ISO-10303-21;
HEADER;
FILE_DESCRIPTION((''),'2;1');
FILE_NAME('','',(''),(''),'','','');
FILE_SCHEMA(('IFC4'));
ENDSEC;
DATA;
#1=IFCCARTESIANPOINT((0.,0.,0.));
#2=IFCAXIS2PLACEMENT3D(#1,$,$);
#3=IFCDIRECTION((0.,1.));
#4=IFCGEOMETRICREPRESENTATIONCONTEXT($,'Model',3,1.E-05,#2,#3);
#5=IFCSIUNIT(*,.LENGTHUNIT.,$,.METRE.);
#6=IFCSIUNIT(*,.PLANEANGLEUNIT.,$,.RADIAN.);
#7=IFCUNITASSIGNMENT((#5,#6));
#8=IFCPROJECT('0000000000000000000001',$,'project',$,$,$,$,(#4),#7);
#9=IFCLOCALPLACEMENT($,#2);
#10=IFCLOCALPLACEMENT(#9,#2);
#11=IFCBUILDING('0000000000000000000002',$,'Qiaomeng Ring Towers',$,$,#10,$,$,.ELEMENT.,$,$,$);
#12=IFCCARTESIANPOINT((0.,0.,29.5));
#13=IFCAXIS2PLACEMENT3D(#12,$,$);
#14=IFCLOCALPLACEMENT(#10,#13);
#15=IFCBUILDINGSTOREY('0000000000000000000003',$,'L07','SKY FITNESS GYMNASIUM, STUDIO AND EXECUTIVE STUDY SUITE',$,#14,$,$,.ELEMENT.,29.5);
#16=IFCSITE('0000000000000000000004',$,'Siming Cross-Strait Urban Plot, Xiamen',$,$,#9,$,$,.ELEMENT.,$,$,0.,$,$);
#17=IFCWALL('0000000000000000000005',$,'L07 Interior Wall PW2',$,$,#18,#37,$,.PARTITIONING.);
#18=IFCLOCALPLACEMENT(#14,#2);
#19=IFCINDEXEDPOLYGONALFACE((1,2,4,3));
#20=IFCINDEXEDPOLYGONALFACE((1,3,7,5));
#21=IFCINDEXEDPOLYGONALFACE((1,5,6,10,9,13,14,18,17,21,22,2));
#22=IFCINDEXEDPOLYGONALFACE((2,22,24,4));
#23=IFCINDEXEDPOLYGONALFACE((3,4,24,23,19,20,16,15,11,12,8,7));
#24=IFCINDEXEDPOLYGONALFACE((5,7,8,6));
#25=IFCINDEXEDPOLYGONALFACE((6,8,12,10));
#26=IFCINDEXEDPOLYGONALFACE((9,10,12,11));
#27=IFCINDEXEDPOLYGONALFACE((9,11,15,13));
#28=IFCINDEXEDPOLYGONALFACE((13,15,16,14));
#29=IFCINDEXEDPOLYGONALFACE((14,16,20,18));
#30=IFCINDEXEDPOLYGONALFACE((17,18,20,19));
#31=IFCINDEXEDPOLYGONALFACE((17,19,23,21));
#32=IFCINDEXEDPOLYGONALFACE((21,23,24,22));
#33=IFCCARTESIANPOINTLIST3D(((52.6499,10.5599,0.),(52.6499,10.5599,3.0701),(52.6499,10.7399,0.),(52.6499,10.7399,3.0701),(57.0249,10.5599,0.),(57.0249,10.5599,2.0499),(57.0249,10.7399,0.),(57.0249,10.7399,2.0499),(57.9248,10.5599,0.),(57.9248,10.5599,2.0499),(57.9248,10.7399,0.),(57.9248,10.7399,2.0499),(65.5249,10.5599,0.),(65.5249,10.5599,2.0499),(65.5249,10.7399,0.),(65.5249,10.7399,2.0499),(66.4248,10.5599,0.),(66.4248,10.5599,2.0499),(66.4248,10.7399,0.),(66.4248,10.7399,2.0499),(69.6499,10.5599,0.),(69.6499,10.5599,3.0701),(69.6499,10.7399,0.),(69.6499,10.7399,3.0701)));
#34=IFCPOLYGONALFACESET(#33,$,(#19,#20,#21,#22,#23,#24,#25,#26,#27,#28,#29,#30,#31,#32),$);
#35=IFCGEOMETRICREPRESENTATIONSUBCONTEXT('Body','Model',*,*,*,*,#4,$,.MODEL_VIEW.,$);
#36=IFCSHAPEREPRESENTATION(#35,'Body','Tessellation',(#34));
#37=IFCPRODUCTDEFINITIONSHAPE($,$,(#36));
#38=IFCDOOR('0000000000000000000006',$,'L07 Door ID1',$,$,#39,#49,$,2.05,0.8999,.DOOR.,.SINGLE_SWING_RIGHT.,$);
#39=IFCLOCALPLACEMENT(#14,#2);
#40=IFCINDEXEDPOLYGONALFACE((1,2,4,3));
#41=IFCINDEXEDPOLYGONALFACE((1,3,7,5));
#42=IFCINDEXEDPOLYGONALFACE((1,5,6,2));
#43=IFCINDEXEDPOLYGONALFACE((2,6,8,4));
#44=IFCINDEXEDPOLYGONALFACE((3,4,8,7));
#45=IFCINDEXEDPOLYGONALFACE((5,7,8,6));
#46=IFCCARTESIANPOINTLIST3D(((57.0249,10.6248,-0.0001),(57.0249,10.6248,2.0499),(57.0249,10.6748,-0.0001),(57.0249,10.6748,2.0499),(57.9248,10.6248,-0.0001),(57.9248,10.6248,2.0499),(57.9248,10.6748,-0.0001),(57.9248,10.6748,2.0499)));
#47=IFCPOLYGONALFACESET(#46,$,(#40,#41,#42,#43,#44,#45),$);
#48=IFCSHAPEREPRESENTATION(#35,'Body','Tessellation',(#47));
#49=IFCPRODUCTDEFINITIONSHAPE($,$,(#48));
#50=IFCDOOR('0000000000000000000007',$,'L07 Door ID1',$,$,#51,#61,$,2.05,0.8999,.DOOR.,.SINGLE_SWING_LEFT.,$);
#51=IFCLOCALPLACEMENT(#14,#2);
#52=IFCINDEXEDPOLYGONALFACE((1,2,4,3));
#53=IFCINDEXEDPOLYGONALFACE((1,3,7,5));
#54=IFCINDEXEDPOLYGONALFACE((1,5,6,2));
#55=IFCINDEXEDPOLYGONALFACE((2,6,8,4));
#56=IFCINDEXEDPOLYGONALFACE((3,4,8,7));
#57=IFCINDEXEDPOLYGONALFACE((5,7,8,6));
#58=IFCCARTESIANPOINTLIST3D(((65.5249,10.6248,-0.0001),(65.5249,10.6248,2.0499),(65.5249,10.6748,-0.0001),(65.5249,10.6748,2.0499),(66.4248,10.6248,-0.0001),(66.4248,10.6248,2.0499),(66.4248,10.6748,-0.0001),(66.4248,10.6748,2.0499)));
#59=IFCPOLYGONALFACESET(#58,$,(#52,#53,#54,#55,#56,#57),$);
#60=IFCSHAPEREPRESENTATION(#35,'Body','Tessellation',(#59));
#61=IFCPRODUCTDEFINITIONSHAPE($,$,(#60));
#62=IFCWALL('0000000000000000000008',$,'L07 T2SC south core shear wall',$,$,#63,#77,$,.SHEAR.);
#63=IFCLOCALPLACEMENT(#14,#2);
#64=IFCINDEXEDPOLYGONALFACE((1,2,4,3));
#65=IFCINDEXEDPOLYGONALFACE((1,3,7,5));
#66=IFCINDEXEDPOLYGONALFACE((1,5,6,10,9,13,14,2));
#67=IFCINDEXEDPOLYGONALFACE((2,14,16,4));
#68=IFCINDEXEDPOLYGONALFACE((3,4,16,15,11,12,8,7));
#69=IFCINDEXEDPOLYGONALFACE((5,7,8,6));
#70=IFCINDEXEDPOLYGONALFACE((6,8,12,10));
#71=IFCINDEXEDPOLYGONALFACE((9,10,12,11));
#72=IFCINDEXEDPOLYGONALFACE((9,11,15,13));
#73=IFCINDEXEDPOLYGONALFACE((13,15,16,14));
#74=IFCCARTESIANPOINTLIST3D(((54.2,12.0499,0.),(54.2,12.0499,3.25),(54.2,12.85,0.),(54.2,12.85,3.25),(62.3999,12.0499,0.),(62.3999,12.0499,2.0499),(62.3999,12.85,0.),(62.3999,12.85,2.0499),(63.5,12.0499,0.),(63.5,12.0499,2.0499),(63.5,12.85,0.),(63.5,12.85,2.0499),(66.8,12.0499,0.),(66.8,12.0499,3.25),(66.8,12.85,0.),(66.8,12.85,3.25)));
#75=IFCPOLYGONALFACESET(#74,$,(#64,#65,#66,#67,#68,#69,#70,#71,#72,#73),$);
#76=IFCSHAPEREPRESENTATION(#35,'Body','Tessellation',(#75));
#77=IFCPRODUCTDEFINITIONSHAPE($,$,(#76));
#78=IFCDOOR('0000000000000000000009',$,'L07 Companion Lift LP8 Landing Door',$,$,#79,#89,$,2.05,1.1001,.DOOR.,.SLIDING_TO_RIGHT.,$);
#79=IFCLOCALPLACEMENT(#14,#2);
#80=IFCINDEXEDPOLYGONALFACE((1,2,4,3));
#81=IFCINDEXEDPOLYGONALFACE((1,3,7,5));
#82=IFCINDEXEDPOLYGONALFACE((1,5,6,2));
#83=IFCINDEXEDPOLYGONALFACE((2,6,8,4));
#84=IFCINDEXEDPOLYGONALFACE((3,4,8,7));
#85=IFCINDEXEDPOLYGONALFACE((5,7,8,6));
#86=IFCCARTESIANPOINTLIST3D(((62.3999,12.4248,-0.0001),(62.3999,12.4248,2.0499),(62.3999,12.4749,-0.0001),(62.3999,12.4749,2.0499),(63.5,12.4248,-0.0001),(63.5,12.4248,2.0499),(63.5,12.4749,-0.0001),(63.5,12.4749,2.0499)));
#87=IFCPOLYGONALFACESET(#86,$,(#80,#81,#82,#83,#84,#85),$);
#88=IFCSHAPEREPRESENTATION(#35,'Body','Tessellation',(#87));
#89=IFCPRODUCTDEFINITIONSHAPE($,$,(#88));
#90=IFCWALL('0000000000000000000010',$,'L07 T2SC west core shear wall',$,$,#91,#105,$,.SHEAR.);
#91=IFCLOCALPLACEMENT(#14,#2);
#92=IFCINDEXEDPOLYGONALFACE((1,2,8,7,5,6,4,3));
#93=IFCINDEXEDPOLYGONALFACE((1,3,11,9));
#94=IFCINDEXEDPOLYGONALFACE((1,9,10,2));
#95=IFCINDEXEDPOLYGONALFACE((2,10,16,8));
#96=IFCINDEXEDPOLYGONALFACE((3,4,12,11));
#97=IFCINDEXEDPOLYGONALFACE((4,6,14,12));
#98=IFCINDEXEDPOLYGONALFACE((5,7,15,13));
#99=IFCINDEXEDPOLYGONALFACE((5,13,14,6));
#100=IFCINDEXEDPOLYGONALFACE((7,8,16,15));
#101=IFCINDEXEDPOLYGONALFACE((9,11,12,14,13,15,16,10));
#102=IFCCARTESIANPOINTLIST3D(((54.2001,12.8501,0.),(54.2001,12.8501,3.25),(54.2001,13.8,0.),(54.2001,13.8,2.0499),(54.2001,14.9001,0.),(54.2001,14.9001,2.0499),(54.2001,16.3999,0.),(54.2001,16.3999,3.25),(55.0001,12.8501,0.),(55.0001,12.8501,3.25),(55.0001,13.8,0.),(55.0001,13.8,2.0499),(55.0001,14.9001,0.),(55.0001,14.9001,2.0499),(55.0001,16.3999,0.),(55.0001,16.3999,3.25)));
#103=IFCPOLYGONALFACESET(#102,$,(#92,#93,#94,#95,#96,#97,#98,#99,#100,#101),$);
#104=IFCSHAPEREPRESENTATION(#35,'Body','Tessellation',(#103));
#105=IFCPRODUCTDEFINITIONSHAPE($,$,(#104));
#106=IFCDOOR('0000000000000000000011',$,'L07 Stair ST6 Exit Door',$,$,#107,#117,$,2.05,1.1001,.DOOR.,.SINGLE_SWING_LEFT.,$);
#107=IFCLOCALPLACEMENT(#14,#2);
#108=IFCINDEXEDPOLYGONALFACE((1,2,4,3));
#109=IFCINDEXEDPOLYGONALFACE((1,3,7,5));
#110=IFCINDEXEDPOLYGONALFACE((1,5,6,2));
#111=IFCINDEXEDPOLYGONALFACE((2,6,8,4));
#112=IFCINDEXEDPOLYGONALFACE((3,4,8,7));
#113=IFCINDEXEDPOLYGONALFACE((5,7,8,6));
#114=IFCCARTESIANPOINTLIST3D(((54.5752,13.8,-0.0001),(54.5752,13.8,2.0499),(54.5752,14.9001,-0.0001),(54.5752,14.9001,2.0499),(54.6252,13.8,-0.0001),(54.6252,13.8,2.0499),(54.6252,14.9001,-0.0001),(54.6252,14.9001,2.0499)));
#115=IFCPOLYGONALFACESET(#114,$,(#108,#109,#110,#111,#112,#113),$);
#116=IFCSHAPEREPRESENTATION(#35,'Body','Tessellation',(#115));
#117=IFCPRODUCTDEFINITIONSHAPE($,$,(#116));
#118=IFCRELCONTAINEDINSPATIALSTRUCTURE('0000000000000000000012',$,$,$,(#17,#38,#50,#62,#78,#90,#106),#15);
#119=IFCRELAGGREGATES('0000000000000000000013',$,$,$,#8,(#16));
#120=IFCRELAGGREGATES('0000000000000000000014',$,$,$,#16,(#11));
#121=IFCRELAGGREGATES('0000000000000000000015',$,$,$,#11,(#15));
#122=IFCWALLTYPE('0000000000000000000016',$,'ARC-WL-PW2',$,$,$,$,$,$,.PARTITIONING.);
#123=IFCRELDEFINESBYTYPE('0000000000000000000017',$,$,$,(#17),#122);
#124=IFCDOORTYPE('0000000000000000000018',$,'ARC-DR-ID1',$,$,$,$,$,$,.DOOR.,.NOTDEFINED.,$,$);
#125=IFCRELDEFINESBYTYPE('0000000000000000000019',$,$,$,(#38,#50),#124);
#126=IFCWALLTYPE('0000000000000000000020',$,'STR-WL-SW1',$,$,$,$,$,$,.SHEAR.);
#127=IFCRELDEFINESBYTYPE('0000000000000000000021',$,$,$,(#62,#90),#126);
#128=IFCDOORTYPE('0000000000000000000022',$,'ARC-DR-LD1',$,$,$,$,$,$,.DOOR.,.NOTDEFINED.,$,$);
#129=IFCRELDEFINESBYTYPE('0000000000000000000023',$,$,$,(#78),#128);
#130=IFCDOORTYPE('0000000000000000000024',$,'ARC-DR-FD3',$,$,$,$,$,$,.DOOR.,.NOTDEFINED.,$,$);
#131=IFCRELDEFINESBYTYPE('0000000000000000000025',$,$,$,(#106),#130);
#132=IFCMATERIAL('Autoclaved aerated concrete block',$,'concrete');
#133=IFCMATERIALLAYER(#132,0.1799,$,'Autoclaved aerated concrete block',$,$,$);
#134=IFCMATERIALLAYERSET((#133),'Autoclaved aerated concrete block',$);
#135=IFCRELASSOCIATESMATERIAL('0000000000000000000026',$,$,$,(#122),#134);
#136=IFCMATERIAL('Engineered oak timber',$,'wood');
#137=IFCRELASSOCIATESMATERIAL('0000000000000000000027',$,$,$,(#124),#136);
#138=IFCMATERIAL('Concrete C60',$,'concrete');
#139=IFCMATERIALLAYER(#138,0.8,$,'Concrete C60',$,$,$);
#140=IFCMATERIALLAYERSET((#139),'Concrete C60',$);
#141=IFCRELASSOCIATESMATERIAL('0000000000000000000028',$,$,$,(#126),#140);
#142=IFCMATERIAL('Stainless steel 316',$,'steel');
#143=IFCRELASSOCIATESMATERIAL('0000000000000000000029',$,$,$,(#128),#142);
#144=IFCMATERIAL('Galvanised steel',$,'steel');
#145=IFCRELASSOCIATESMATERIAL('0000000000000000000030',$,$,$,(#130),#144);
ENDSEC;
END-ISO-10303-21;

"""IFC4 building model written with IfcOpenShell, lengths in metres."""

from ifc_helpers import new_model, si_unit, direction, frame, frame_2d, origin, place, context, subcontext, project, spatial, rectangle, extrude, source, transform, mapped, material, layer, layer_set, type_object, element, fill, save


model = new_model("IFC4")

# Units and contexts
model_context = context("Model", 3, precision=1e-05, world=origin(), true_north=direction((0.0, 1.0)))
body_context = subcontext(model_context, "Body", "Model", "MODEL_VIEW")
ifc_project = project(units=[si_unit("LENGTHUNIT", "METRE"), si_unit("PLANEANGLEUNIT", "RADIAN")], contexts=[model_context])

# Site, building, storey
site_placement = place(None, origin())
site = spatial("IfcSite", under=ifc_project, at=site_placement, Name="Siming Cross-Strait Urban Plot, Xiamen", CompositionType="ELEMENT", RefElevation=0.0)
building_placement = place(site_placement, origin())
building = spatial("IfcBuilding", under=site, at=building_placement, Name="Qiaomeng Ring Towers", CompositionType="ELEMENT")
storey_placement = place(building_placement, frame((0.0, 0.0, 29.5)))
storey = spatial("IfcBuildingStorey", under=building, at=storey_placement, Name="L07", Description="SKY FITNESS GYMNASIUM, STUDIO AND EXECUTIVE STUDY SUITE", CompositionType="ELEMENT", Elevation=29.5)

# Shared definitions
ifc_material_1 = material(Name="Concrete C60", Category="concrete")

# Wall, openings, doors
ifc_material_2 = material(Name="Autoclaved aerated concrete block", Category="concrete")
ifc_layer_1 = layer(ifc_material_2, 0.1799, Name="Autoclaved aerated concrete block")
ifc_layer_set_1 = layer_set([ifc_layer_1], Name="Autoclaved aerated concrete block")
wall_type_1 = type_object("IfcWallType", Name="ARC-WL-PW2", PredefinedType="PARTITIONING", material=ifc_layer_set_1)
ifc_material_3 = material(Name="Engineered oak timber", Category="wood")
door_type_1 = type_object("IfcDoorType", Name="ARC-DR-ID1", OperationType="NOTDEFINED", PredefinedType="DOOR", material=ifc_material_3)
shared_shape_1 = source(origin(), body_context, "Body", "SweptSolid", [
    extrude(rectangle(XDim=0.8999, YDim=2.05, at=frame_2d((0.45, 1.0249))), frame((0.0, 0.0249, 0.0), z_axis=(0.0, -1.0, 0.0), x_axis=(1.0, 0.0, 0.0)), (0.0, 0.0, 1.0), 0.05),
])
wall_1_placement = place(storey_placement, frame((52.6499, 10.6499, 0.0), z_axis=(0.0, 0.0, 1.0), x_axis=(1.0, 0.0, 0.0)))
wall_1 = element("IfcWall", 1, at=wall_1_placement, inside=storey, type_object=wall_type_1, Name="L07 Interior Wall PW2", PredefinedType="PARTITIONING", context=body_context, shape_type="SweptSolid", body=[
    extrude(rectangle(XDim=17.0, YDim=0.1799, at=frame_2d((8.5, 0.0))), origin(), (0.0, 0.0, 1.0), 3.0701),
])
opening_1_placement = place(wall_1_placement, frame((4.375, 0.0, 0.0)))
opening_1 = element("IfcOpeningElement", 2, at=opening_1_placement, cuts=wall_1, PredefinedType="OPENING", context=body_context, shape_type="SweptSolid", body=[
    extrude(rectangle(XDim=0.8999, YDim=2.05, at=frame_2d((0.45, 1.0249))), frame((0.0, 0.0999, 0.0), z_axis=(0.0, -1.0, 0.0), x_axis=(1.0, 0.0, 0.0)), (0.0, 0.0, 1.0), 0.2),
])
opening_2_placement = place(wall_1_placement, frame((12.875, 0.0, 0.0)))
opening_2 = element("IfcOpeningElement", 3, at=opening_2_placement, cuts=wall_1, PredefinedType="OPENING", context=body_context, shape_type="SweptSolid", body=[
    extrude(rectangle(XDim=0.8999, YDim=2.05, at=frame_2d((0.45, 1.0249))), frame((0.0, 0.0999, 0.0), z_axis=(0.0, -1.0, 0.0), x_axis=(1.0, 0.0, 0.0)), (0.0, 0.0, 1.0), 0.2),
])
door_1_placement = place(opening_1_placement, origin())
door_1 = element("IfcDoor", 4, at=door_1_placement, inside=storey, type_object=door_type_1, Name="L07 Door ID1", OperationType="SINGLE_SWING_RIGHT", OverallHeight=2.05, OverallWidth=0.8999, PredefinedType="DOOR", context=body_context, shape_type="MappedRepresentation", body=[
    mapped(shared_shape_1, transform((0.0, 0.0, 0.0), x_axis=(1.0, 0.0, 0.0), y_axis=(0.0, 1.0, 0.0), z_axis=(0.0, 0.0, 1.0), scale=1.0)),
])
fill(opening_1, door_1)
door_2_placement = place(opening_2_placement, origin())
door_2 = element("IfcDoor", 5, at=door_2_placement, inside=storey, type_object=door_type_1, Name="L07 Door ID1", OperationType="SINGLE_SWING_LEFT", OverallHeight=2.05, OverallWidth=0.8999, PredefinedType="DOOR", context=body_context, shape_type="MappedRepresentation", body=[
    mapped(shared_shape_1, transform((0.0, 0.0, 0.0), x_axis=(1.0, 0.0, 0.0), y_axis=(0.0, 1.0, 0.0), z_axis=(0.0, 0.0, 1.0), scale=1.0)),
])
fill(opening_2, door_2)

# Walls, openings, doors
ifc_layer_2 = layer(ifc_material_1, 0.8, Name="Concrete C60")
ifc_layer_set_2 = layer_set([ifc_layer_2], Name="Concrete C60")
wall_type_2 = type_object("IfcWallType", Name="STR-WL-SW1", PredefinedType="SHEAR", material=ifc_layer_set_2)
wall_2_placement = place(storey_placement, frame((54.2, 12.45, 0.0), z_axis=(0.0, 0.0, 1.0), x_axis=(1.0, 0.0, 0.0)))
wall_2 = element("IfcWall", 6, at=wall_2_placement, inside=storey, type_object=wall_type_2, Name="L07 T2SC south core shear wall", PredefinedType="SHEAR", context=body_context, shape_type="SweptSolid", body=[
    extrude(rectangle(XDim=12.6001, YDim=0.8, at=frame_2d((6.3, 0.0))), origin(), (0.0, 0.0, 1.0), 3.25),
])
opening_3_placement = place(wall_2_placement, frame((8.2, 0.0, 0.0)))
opening_3 = element("IfcOpeningElement", 7, at=opening_3_placement, cuts=wall_2, PredefinedType="OPENING", context=body_context, shape_type="SweptSolid", body=[
    extrude(rectangle(XDim=1.1001, YDim=2.05, at=frame_2d((0.55, 1.0249))), frame((0.0, 0.4099, 0.0), z_axis=(0.0, -1.0, 0.0), x_axis=(1.0, 0.0, 0.0)), (0.0, 0.0, 1.0), 0.8201),
])
ifc_material_4 = material(Name="Stainless steel 316", Category="steel")
door_type_2 = type_object("IfcDoorType", Name="ARC-DR-LD1", OperationType="NOTDEFINED", PredefinedType="DOOR", material=ifc_material_4)
shared_shape_2 = source(origin(), body_context, "Body", "SweptSolid", [
    extrude(rectangle(XDim=1.1001, YDim=2.05, at=frame_2d((0.55, 1.0249))), frame((0.0, 0.0249, 0.0), z_axis=(0.0, -1.0, 0.0), x_axis=(1.0, 0.0, 0.0)), (0.0, 0.0, 1.0), 0.05),
])
door_3_placement = place(opening_3_placement, origin())
door_3 = element("IfcDoor", 8, at=door_3_placement, inside=storey, type_object=door_type_2, Name="L07 Companion Lift LP8 Landing Door", OperationType="SLIDING_TO_RIGHT", OverallHeight=2.05, OverallWidth=1.1001, PredefinedType="DOOR", context=body_context, shape_type="MappedRepresentation", body=[
    mapped(shared_shape_2, transform((0.0, 0.0, 0.0), x_axis=(1.0, 0.0, 0.0), y_axis=(0.0, 1.0, 0.0), z_axis=(0.0, 0.0, 1.0), scale=1.0)),
])
fill(opening_3, door_3)
wall_3_placement = place(storey_placement, frame((54.6001, 12.8501, 0.0), z_axis=(0.0, 0.0, 1.0), x_axis=(0.0, 1.0, 0.0)))
wall_3 = element("IfcWall", 9, at=wall_3_placement, inside=storey, type_object=wall_type_2, Name="L07 T2SC west core shear wall", PredefinedType="SHEAR", context=body_context, shape_type="SweptSolid", body=[
    extrude(rectangle(XDim=3.5498, YDim=0.8, at=frame_2d((1.7749, 0.0))), origin(), (0.0, 0.0, 1.0), 3.25),
])
opening_4_placement = place(wall_3_placement, frame((0.95, 0.0, 0.0)))
opening_4 = element("IfcOpeningElement", 10, at=opening_4_placement, cuts=wall_3, PredefinedType="OPENING", context=body_context, shape_type="SweptSolid", body=[
    extrude(rectangle(XDim=1.1001, YDim=2.05, at=frame_2d((0.55, 1.0249))), frame((0.0, 0.4099, 0.0), z_axis=(0.0, -1.0, 0.0), x_axis=(1.0, 0.0, 0.0)), (0.0, 0.0, 1.0), 0.8201),
])
ifc_material_5 = material(Name="Galvanised steel", Category="steel")
door_type_3 = type_object("IfcDoorType", Name="ARC-DR-FD3", OperationType="NOTDEFINED", PredefinedType="DOOR", material=ifc_material_5)
door_4_placement = place(opening_4_placement, origin())
door_4 = element("IfcDoor", 11, at=door_4_placement, inside=storey, type_object=door_type_3, Name="L07 Stair ST6 Exit Door", OperationType="SINGLE_SWING_LEFT", OverallHeight=2.05, OverallWidth=1.1001, PredefinedType="DOOR", context=body_context, shape_type="MappedRepresentation", body=[
    mapped(shared_shape_2, transform((0.0, 0.0, 0.0), x_axis=(1.0, 0.0, 0.0), y_axis=(0.0, 1.0, 0.0), z_axis=(0.0, 0.0, 1.0), scale=1.0)),
])
fill(opening_4, door_4)

save(model, "model.ifc")
